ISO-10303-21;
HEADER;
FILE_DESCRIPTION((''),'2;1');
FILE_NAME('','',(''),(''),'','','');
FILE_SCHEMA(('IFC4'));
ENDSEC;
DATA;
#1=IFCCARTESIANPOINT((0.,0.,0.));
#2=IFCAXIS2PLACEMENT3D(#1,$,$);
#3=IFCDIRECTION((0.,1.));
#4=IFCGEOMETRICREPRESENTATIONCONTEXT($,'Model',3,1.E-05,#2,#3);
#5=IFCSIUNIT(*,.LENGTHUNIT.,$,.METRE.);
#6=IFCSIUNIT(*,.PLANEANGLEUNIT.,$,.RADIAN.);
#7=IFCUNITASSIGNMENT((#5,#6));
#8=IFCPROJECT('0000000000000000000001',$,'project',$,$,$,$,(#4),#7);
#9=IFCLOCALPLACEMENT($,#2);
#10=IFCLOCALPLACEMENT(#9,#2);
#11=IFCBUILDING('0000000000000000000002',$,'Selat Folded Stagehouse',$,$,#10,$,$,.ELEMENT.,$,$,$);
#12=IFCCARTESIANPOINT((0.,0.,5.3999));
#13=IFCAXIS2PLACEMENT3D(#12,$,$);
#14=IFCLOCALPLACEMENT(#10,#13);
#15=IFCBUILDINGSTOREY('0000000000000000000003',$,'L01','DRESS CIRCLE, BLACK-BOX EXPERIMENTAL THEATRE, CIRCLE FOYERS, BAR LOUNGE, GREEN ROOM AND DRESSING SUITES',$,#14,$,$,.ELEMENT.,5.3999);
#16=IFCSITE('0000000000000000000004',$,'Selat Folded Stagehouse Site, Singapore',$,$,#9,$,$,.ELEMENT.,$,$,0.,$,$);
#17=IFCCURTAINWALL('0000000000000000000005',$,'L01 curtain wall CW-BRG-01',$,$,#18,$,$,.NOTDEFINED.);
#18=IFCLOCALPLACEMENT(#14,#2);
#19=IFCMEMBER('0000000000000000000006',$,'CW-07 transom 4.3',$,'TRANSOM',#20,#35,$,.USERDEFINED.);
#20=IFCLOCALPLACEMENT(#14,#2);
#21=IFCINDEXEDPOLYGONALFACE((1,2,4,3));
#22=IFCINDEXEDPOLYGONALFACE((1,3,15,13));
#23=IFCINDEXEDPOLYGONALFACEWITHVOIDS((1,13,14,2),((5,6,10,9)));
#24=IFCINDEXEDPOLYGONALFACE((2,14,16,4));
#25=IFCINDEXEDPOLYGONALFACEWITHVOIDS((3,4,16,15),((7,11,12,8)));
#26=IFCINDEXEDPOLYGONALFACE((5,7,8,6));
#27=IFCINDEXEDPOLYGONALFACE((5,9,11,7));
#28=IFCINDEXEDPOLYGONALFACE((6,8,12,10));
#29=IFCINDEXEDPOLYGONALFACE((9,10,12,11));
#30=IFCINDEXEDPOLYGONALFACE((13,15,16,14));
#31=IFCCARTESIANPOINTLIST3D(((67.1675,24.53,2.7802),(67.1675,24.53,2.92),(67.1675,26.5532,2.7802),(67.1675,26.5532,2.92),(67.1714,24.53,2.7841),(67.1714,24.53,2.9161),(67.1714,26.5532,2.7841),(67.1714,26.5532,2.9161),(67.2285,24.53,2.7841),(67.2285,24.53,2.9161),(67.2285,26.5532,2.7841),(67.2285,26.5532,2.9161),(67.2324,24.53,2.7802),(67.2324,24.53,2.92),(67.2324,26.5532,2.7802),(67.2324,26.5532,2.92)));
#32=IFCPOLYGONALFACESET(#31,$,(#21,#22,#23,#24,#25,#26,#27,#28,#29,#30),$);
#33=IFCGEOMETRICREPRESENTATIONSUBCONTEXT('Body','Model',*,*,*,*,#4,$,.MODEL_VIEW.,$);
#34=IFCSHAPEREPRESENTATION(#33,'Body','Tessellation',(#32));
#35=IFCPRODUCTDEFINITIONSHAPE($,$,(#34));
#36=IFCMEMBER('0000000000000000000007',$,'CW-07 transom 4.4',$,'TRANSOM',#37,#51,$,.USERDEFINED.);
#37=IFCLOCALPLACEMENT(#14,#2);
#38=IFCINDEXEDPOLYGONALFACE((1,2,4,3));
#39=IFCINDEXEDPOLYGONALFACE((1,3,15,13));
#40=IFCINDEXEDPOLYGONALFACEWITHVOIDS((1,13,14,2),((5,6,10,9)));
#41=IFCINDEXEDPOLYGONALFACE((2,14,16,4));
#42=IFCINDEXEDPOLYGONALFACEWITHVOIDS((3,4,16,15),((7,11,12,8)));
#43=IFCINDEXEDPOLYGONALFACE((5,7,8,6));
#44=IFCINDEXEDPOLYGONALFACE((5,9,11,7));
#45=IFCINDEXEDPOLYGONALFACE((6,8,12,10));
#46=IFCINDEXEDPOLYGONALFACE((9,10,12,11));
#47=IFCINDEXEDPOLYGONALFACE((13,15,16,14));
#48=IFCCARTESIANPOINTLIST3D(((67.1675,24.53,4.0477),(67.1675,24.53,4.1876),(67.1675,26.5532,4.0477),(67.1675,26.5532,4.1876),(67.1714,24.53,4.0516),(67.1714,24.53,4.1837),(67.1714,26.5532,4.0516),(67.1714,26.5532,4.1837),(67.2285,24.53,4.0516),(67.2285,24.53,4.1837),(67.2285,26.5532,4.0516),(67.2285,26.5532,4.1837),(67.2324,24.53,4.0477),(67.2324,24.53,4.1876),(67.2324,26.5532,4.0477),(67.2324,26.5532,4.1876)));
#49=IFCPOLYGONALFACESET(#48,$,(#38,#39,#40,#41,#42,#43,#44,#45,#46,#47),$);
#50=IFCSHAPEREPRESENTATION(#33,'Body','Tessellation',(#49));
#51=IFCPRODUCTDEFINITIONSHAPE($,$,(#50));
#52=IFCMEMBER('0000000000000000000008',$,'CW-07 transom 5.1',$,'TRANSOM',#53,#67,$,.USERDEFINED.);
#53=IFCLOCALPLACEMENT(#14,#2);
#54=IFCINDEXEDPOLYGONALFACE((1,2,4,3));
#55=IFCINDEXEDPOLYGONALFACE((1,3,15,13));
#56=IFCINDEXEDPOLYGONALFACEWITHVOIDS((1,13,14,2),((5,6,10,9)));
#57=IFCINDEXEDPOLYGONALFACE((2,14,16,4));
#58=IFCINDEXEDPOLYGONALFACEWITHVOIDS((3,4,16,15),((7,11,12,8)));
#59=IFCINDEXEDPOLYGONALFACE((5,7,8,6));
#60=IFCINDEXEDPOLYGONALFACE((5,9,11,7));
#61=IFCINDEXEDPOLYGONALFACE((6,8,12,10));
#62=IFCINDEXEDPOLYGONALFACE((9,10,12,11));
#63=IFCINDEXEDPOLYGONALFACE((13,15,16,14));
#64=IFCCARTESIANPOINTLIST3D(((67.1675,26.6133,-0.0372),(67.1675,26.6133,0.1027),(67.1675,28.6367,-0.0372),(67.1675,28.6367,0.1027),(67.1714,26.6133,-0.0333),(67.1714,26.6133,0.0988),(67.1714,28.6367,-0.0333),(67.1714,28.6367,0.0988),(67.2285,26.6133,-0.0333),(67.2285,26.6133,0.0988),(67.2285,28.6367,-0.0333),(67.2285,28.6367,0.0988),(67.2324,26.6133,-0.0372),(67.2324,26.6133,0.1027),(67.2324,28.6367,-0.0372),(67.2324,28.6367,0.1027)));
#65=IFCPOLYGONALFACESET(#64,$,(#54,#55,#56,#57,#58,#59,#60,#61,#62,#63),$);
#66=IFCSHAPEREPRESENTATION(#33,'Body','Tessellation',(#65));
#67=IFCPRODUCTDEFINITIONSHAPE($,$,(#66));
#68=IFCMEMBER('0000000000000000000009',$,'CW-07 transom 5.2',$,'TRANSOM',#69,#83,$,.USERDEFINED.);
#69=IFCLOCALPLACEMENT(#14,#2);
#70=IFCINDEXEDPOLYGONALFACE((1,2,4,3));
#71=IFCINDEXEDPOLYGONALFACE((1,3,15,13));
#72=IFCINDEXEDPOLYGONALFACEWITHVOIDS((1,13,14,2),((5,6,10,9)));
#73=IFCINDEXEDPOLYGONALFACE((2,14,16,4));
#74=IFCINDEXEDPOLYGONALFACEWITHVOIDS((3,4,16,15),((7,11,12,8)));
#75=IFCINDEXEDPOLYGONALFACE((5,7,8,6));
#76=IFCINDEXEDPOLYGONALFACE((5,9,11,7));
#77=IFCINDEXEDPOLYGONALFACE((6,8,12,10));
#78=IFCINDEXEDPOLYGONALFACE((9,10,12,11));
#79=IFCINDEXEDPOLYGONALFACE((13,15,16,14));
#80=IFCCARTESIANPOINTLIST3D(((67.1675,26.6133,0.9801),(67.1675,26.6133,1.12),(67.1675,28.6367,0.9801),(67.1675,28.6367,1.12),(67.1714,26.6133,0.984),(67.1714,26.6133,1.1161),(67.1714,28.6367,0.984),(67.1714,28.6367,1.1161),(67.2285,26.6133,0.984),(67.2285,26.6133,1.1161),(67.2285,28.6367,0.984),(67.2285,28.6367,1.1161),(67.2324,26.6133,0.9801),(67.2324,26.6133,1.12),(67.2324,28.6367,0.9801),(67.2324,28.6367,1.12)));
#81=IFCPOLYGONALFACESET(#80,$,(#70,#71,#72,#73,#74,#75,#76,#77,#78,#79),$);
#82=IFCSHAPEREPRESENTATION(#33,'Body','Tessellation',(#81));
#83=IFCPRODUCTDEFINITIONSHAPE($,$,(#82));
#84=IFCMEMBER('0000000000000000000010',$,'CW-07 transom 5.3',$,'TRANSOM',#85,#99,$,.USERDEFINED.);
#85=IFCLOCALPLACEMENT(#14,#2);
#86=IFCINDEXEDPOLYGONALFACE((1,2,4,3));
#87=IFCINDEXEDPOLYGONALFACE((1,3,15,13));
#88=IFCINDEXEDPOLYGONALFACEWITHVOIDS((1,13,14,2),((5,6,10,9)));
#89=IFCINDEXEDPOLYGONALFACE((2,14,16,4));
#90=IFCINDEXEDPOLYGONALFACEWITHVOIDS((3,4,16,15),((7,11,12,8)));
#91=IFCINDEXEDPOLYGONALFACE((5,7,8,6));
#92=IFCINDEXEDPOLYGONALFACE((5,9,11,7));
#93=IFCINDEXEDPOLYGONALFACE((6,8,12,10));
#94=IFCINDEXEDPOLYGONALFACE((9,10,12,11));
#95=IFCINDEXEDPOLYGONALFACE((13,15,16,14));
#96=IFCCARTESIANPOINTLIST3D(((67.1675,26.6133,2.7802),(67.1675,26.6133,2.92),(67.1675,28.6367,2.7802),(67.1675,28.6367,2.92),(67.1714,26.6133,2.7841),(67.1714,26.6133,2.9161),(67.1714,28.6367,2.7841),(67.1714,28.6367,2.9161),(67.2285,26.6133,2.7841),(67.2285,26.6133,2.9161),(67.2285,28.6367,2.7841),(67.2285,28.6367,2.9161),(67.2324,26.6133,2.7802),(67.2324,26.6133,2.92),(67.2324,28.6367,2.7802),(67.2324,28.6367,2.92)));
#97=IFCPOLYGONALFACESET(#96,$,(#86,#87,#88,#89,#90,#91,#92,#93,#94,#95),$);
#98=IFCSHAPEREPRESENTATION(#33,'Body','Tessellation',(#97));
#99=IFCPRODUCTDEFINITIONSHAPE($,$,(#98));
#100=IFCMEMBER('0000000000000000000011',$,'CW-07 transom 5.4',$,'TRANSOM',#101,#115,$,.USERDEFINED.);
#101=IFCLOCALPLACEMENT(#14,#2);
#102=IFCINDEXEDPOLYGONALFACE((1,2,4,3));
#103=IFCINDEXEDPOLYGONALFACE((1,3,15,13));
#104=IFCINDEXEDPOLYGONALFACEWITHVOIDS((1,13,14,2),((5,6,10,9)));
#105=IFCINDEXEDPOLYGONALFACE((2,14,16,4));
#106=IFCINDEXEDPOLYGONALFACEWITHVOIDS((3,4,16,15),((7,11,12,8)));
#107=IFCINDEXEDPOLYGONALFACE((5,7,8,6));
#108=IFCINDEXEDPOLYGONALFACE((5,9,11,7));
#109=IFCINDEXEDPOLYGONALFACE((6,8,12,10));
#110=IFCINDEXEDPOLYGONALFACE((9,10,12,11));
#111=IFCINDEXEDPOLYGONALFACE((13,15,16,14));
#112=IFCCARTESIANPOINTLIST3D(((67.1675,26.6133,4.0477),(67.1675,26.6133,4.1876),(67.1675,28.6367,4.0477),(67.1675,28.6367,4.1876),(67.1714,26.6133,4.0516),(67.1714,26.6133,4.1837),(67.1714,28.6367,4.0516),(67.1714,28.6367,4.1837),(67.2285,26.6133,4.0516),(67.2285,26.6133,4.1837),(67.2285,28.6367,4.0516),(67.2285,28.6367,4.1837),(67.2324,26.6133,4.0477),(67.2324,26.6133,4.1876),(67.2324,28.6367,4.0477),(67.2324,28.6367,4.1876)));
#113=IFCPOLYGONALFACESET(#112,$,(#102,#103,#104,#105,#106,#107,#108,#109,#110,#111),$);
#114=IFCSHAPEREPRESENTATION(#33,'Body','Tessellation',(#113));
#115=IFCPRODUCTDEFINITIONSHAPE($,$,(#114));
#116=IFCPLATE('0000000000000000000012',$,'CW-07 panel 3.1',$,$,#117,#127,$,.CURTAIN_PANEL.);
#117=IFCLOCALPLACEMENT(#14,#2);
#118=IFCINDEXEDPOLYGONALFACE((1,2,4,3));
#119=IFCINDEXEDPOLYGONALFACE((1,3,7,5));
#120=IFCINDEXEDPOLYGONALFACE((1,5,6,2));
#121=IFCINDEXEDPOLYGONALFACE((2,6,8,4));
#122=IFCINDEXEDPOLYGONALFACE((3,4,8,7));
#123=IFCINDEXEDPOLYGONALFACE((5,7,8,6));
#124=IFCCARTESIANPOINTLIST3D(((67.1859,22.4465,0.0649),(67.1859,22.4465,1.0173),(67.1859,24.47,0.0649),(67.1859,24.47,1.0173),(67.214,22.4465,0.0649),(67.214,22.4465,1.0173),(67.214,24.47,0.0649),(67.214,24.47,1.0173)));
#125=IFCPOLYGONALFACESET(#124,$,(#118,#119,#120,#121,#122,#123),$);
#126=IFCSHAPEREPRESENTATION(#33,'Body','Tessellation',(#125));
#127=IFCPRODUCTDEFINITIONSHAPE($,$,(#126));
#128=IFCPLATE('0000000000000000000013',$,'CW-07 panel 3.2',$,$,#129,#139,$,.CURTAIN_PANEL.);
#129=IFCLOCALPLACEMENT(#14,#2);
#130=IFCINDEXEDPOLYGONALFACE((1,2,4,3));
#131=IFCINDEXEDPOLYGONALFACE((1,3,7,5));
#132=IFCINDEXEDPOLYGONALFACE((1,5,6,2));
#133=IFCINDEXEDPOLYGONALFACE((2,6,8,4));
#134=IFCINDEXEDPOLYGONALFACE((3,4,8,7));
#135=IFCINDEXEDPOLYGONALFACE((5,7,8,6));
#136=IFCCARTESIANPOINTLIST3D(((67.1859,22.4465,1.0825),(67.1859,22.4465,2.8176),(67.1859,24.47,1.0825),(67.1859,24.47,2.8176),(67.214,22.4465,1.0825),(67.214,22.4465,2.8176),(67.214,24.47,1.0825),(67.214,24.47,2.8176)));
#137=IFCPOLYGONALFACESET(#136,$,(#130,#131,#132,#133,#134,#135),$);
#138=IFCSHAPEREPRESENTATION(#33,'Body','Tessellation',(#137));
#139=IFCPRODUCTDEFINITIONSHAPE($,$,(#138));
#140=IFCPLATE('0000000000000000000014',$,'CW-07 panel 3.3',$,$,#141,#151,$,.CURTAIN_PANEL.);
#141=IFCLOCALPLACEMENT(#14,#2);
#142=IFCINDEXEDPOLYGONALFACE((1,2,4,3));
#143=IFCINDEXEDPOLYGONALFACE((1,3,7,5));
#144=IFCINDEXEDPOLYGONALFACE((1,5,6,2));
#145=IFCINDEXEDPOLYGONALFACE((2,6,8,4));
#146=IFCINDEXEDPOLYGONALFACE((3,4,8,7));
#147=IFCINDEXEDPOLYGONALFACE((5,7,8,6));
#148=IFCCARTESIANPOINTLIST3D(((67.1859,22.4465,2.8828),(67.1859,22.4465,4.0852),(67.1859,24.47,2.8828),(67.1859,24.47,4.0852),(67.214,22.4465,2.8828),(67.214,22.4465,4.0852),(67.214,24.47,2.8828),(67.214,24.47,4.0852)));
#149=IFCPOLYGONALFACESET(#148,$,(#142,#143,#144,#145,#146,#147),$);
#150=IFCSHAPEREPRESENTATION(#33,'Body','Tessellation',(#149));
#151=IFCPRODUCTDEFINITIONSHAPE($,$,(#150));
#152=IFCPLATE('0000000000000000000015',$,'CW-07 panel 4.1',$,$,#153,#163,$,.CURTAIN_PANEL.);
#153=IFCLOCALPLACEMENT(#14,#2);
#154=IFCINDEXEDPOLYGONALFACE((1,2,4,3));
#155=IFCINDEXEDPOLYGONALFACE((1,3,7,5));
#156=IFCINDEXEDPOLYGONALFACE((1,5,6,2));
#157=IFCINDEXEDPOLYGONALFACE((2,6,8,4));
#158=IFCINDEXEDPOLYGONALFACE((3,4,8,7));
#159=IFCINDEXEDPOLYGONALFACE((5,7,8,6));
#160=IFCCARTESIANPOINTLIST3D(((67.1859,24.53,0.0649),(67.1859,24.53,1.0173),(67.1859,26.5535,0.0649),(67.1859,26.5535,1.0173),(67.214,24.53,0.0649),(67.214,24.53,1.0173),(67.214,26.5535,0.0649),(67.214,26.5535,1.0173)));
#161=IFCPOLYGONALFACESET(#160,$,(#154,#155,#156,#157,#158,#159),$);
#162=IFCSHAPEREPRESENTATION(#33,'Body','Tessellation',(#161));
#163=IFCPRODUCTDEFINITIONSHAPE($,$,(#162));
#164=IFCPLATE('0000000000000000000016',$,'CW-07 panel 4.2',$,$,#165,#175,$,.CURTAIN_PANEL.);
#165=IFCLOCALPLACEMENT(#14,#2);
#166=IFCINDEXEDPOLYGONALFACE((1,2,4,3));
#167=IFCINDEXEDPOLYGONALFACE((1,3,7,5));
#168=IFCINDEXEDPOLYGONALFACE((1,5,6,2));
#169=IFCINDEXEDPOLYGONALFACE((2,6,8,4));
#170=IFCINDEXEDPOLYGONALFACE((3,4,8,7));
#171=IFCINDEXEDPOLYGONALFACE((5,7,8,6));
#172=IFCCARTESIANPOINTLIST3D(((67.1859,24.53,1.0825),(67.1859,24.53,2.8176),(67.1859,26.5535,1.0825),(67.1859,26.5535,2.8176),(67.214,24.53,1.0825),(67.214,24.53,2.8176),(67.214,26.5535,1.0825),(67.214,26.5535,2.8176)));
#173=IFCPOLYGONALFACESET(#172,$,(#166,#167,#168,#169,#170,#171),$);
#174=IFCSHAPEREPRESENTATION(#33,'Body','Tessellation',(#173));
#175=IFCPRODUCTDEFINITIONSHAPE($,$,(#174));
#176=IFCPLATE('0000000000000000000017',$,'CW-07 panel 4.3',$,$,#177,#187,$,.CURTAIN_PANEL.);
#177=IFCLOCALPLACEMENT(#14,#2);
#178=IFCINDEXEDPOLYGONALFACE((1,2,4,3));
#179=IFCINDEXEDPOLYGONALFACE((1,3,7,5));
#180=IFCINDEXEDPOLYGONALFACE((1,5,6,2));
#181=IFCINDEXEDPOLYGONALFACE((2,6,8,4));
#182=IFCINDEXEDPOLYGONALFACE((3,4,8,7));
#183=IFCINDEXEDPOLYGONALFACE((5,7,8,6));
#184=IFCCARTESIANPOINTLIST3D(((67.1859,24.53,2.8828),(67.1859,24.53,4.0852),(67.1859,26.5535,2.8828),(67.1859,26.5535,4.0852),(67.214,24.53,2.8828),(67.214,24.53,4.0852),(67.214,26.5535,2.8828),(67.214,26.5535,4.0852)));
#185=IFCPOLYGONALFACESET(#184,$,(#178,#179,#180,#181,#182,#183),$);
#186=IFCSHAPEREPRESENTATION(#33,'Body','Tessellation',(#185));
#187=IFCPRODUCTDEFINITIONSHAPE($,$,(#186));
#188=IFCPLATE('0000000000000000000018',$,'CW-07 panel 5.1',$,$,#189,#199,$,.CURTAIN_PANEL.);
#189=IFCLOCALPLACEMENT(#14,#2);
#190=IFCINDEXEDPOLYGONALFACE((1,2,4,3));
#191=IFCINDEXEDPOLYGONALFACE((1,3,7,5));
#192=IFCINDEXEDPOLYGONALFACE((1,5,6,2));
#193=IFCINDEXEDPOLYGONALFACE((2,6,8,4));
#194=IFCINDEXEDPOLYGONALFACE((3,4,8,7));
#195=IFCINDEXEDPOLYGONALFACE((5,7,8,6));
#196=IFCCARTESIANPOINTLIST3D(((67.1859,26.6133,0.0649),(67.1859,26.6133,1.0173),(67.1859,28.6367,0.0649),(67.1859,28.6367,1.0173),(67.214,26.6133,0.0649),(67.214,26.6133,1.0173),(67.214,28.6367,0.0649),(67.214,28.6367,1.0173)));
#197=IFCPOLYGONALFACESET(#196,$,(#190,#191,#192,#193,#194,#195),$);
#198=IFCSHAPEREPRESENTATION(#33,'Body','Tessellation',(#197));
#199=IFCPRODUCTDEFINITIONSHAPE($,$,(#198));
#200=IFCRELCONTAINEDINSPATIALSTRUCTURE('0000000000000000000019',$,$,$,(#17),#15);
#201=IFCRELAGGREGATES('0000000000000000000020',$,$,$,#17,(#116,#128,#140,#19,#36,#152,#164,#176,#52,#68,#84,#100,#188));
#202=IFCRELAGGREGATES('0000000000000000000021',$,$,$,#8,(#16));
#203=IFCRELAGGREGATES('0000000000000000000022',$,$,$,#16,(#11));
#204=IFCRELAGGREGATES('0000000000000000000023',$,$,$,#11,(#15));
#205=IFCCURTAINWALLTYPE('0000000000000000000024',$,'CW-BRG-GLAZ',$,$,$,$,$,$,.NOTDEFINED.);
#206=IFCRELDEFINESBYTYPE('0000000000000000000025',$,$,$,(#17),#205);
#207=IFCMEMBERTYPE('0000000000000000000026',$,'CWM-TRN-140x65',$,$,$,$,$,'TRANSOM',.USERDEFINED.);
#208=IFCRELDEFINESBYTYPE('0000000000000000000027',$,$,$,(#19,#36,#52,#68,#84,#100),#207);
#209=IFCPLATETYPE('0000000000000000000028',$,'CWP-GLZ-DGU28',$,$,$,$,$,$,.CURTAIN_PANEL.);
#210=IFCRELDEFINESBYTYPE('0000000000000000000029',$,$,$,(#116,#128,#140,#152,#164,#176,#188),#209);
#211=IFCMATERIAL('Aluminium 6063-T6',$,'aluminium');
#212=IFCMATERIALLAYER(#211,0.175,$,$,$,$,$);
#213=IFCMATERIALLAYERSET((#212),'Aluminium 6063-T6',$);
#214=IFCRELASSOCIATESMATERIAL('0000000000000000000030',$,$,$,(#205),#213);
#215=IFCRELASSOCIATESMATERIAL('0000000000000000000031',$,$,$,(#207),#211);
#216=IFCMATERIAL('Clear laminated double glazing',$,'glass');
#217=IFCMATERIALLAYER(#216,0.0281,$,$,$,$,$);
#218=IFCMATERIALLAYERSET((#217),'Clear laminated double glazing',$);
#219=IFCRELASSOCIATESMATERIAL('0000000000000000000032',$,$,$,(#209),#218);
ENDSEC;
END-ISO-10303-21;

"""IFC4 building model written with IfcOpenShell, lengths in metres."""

from ifc_helpers import new_model, si_unit, direction, frame, origin, origin_2d, place, context, subcontext, project, spatial, rectangle, hollow_rectangle, extrude, material, layer, layer_set, material_profile, profile_set, type_object, element, aggregate, save


model = new_model("IFC4")

# Units and contexts
model_context = context("Model", 3, precision=1e-05, world=origin(), true_north=direction((0.0, 1.0)))
body_context = subcontext(model_context, "Body", "Model", "MODEL_VIEW")
ifc_project = project(units=[si_unit("LENGTHUNIT", "METRE"), si_unit("PLANEANGLEUNIT", "RADIAN")], contexts=[model_context])

# Site, building, storey
site_placement = place(None, origin())
site = spatial("IfcSite", under=ifc_project, at=site_placement, Name="Selat Folded Stagehouse Site, Singapore", CompositionType="ELEMENT", RefElevation=0.0)
building_placement = place(site_placement, origin())
building = spatial("IfcBuilding", under=site, at=building_placement, Name="Selat Folded Stagehouse", CompositionType="ELEMENT")
storey_placement = place(building_placement, frame((0.0, 0.0, 5.3999)))
storey = spatial("IfcBuildingStorey", under=building, at=storey_placement, Name="L01", Description="DRESS CIRCLE, BLACK-BOX EXPERIMENTAL THEATRE, CIRCLE FOYERS, BAR LOUNGE, GREEN ROOM AND DRESSING SUITES", CompositionType="ELEMENT", Elevation=5.3999)

# Curtain wall, members, plates
ifc_material_1 = material(Name="Aluminium 6063-T6", Category="aluminium")
ifc_layer_1 = layer(ifc_material_1, 0.175)
ifc_layer_set_1 = layer_set([ifc_layer_1], Name="Aluminium 6063-T6")
curtain_wall_type = type_object("IfcCurtainWallType", Name="CW-BRG-GLAZ", PredefinedType="NOTDEFINED", material=ifc_layer_set_1)
curtain_wall_placement = place(storey_placement, origin())
curtain_wall = element("IfcCurtainWall", 1, at=curtain_wall_placement, inside=storey, type_object=curtain_wall_type, Name="L01 curtain wall CW-BRG-01", PredefinedType="NOTDEFINED")
ifc_material_profile_1 = material_profile(ifc_material_1, hollow_rectangle(XDim=0.0649, YDim=0.1399, WallThickness=0.0039, at=origin_2d()), Name="ALU 140x65x4.0")
ifc_profile_set_1 = profile_set([ifc_material_profile_1], Name="Aluminium 6063-T6")
member_type_1 = type_object("IfcMemberType", Name="CWM-TRN-140x65", ElementType="TRANSOM", PredefinedType="USERDEFINED", material=ifc_profile_set_1)
member_1_placement = place(storey_placement, frame((67.2, 24.53, 2.8501), z_axis=(0.0, 1.0, 0.0), x_axis=(-1.0, 0.0, 0.0)))
member_1 = element("IfcMember", 2, at=member_1_placement, type_object=member_type_1, Name="CW-07 transom 4.3", ObjectType="TRANSOM", PredefinedType="USERDEFINED", context=body_context, shape_type="SweptSolid", body=[
    extrude(hollow_rectangle(XDim=0.0649, YDim=0.1399, WallThickness=0.0039, at=origin_2d()), origin(), (0.0, 0.0, 1.0), 2.0232),
])
member_2_placement = place(storey_placement, frame((67.2, 24.53, 4.1177), z_axis=(0.0, 1.0, 0.0), x_axis=(-1.0, 0.0, 0.0)))
member_2 = element("IfcMember", 3, at=member_2_placement, type_object=member_type_1, Name="CW-07 transom 4.4", ObjectType="TRANSOM", PredefinedType="USERDEFINED", context=body_context, shape_type="SweptSolid", body=[
    extrude(hollow_rectangle(XDim=0.0649, YDim=0.1399, WallThickness=0.0039, at=origin_2d()), origin(), (0.0, 0.0, 1.0), 2.0232),
])
member_3_placement = place(storey_placement, frame((67.2, 26.6133, 0.0327), z_axis=(0.0, 1.0, 0.0), x_axis=(-1.0, 0.0, 0.0)))
member_3 = element("IfcMember", 4, at=member_3_placement, type_object=member_type_1, Name="CW-07 transom 5.1", ObjectType="TRANSOM", PredefinedType="USERDEFINED", context=body_context, shape_type="SweptSolid", body=[
    extrude(hollow_rectangle(XDim=0.0649, YDim=0.1399, WallThickness=0.0039, at=origin_2d()), origin(), (0.0, 0.0, 1.0), 2.0234),
])
member_4_placement = place(storey_placement, frame((67.2, 26.6133, 1.05), z_axis=(0.0, 1.0, 0.0), x_axis=(-1.0, 0.0, 0.0)))
member_4 = element("IfcMember", 5, at=member_4_placement, type_object=member_type_1, Name="CW-07 transom 5.2", ObjectType="TRANSOM", PredefinedType="USERDEFINED", context=body_context, shape_type="SweptSolid", body=[
    extrude(hollow_rectangle(XDim=0.0649, YDim=0.1399, WallThickness=0.0039, at=origin_2d()), origin(), (0.0, 0.0, 1.0), 2.0234),
])
member_5_placement = place(storey_placement, frame((67.2, 26.6133, 2.8501), z_axis=(0.0, 1.0, 0.0), x_axis=(-1.0, 0.0, 0.0)))
member_5 = element("IfcMember", 6, at=member_5_placement, type_object=member_type_1, Name="CW-07 transom 5.3", ObjectType="TRANSOM", PredefinedType="USERDEFINED", context=body_context, shape_type="SweptSolid", body=[
    extrude(hollow_rectangle(XDim=0.0649, YDim=0.1399, WallThickness=0.0039, at=origin_2d()), origin(), (0.0, 0.0, 1.0), 2.0234),
])
member_6_placement = place(storey_placement, frame((67.2, 26.6133, 4.1177), z_axis=(0.0, 1.0, 0.0), x_axis=(-1.0, 0.0, 0.0)))
member_6 = element("IfcMember", 7, at=member_6_placement, type_object=member_type_1, Name="CW-07 transom 5.4", ObjectType="TRANSOM", PredefinedType="USERDEFINED", context=body_context, shape_type="SweptSolid", body=[
    extrude(hollow_rectangle(XDim=0.0649, YDim=0.1399, WallThickness=0.0039, at=origin_2d()), origin(), (0.0, 0.0, 1.0), 2.0234),
])
ifc_material_2 = material(Name="Clear laminated double glazing", Category="glass")
ifc_layer_2 = layer(ifc_material_2, 0.0281)
ifc_layer_set_2 = layer_set([ifc_layer_2], Name="Clear laminated double glazing")
plate_type = type_object("IfcPlateType", Name="CWP-GLZ-DGU28", PredefinedType="CURTAIN_PANEL", material=ifc_layer_set_2)
plate_1_placement = place(storey_placement, frame((67.2, 23.4583, 0.0649), z_axis=(0.0, 0.0, 1.0), x_axis=(0.0, 1.0, 0.0)))
plate_1 = element("IfcPlate", 8, at=plate_1_placement, type_object=plate_type, Name="CW-07 panel 3.1", PredefinedType="CURTAIN_PANEL", context=body_context, shape_type="SweptSolid", body=[
    extrude(rectangle(XDim=2.0234, YDim=0.0281, at=origin_2d()), origin(), (0.0, 0.0, 1.0), 0.9524),
])
plate_2_placement = place(storey_placement, frame((67.2, 23.4583, 1.0825), z_axis=(0.0, 0.0, 1.0), x_axis=(0.0, 1.0, 0.0)))
plate_2 = element("IfcPlate", 9, at=plate_2_placement, type_object=plate_type, Name="CW-07 panel 3.2", PredefinedType="CURTAIN_PANEL", context=body_context, shape_type="SweptSolid", body=[
    extrude(rectangle(XDim=2.0234, YDim=0.0281, at=origin_2d()), origin(), (0.0, 0.0, 1.0), 1.7351),
])
plate_3_placement = place(storey_placement, frame((67.2, 23.4583, 2.8828), z_axis=(0.0, 0.0, 1.0), x_axis=(0.0, 1.0, 0.0)))
plate_3 = element("IfcPlate", 10, at=plate_3_placement, type_object=plate_type, Name="CW-07 panel 3.3", PredefinedType="CURTAIN_PANEL", context=body_context, shape_type="SweptSolid", body=[
    extrude(rectangle(XDim=2.0234, YDim=0.0281, at=origin_2d()), origin(), (0.0, 0.0, 1.0), 1.2024),
])
plate_4_placement = place(storey_placement, frame((67.2, 25.5417, 0.0649), z_axis=(0.0, 0.0, 1.0), x_axis=(0.0, 1.0, 0.0)))
plate_4 = element("IfcPlate", 11, at=plate_4_placement, type_object=plate_type, Name="CW-07 panel 4.1", PredefinedType="CURTAIN_PANEL", context=body_context, shape_type="SweptSolid", body=[
    extrude(rectangle(XDim=2.0234, YDim=0.0281, at=origin_2d()), origin(), (0.0, 0.0, 1.0), 0.9524),
])
plate_5_placement = place(storey_placement, frame((67.2, 25.5417, 1.0825), z_axis=(0.0, 0.0, 1.0), x_axis=(0.0, 1.0, 0.0)))
plate_5 = element("IfcPlate", 12, at=plate_5_placement, type_object=plate_type, Name="CW-07 panel 4.2", PredefinedType="CURTAIN_PANEL", context=body_context, shape_type="SweptSolid", body=[
    extrude(rectangle(XDim=2.0234, YDim=0.0281, at=origin_2d()), origin(), (0.0, 0.0, 1.0), 1.7351),
])
plate_6_placement = place(storey_placement, frame((67.2, 25.5417, 2.8828), z_axis=(0.0, 0.0, 1.0), x_axis=(0.0, 1.0, 0.0)))
plate_6 = element("IfcPlate", 13, at=plate_6_placement, type_object=plate_type, Name="CW-07 panel 4.3", PredefinedType="CURTAIN_PANEL", context=body_context, shape_type="SweptSolid", body=[
    extrude(rectangle(XDim=2.0234, YDim=0.0281, at=origin_2d()), origin(), (0.0, 0.0, 1.0), 1.2024),
])
plate_7_placement = place(storey_placement, frame((67.2, 27.625, 0.0649), z_axis=(0.0, 0.0, 1.0), x_axis=(0.0, 1.0, 0.0)))
plate_7 = element("IfcPlate", 14, at=plate_7_placement, type_object=plate_type, Name="CW-07 panel 5.1", PredefinedType="CURTAIN_PANEL", context=body_context, shape_type="SweptSolid", body=[
    extrude(rectangle(XDim=2.0234, YDim=0.0281, at=origin_2d()), origin(), (0.0, 0.0, 1.0), 0.9524),
])
aggregate(curtain_wall, [plate_1, plate_2, plate_3, member_1, member_2, plate_4, plate_5, plate_6, member_3, member_4, member_5, member_6, plate_7])

save(model, "model.ifc")
